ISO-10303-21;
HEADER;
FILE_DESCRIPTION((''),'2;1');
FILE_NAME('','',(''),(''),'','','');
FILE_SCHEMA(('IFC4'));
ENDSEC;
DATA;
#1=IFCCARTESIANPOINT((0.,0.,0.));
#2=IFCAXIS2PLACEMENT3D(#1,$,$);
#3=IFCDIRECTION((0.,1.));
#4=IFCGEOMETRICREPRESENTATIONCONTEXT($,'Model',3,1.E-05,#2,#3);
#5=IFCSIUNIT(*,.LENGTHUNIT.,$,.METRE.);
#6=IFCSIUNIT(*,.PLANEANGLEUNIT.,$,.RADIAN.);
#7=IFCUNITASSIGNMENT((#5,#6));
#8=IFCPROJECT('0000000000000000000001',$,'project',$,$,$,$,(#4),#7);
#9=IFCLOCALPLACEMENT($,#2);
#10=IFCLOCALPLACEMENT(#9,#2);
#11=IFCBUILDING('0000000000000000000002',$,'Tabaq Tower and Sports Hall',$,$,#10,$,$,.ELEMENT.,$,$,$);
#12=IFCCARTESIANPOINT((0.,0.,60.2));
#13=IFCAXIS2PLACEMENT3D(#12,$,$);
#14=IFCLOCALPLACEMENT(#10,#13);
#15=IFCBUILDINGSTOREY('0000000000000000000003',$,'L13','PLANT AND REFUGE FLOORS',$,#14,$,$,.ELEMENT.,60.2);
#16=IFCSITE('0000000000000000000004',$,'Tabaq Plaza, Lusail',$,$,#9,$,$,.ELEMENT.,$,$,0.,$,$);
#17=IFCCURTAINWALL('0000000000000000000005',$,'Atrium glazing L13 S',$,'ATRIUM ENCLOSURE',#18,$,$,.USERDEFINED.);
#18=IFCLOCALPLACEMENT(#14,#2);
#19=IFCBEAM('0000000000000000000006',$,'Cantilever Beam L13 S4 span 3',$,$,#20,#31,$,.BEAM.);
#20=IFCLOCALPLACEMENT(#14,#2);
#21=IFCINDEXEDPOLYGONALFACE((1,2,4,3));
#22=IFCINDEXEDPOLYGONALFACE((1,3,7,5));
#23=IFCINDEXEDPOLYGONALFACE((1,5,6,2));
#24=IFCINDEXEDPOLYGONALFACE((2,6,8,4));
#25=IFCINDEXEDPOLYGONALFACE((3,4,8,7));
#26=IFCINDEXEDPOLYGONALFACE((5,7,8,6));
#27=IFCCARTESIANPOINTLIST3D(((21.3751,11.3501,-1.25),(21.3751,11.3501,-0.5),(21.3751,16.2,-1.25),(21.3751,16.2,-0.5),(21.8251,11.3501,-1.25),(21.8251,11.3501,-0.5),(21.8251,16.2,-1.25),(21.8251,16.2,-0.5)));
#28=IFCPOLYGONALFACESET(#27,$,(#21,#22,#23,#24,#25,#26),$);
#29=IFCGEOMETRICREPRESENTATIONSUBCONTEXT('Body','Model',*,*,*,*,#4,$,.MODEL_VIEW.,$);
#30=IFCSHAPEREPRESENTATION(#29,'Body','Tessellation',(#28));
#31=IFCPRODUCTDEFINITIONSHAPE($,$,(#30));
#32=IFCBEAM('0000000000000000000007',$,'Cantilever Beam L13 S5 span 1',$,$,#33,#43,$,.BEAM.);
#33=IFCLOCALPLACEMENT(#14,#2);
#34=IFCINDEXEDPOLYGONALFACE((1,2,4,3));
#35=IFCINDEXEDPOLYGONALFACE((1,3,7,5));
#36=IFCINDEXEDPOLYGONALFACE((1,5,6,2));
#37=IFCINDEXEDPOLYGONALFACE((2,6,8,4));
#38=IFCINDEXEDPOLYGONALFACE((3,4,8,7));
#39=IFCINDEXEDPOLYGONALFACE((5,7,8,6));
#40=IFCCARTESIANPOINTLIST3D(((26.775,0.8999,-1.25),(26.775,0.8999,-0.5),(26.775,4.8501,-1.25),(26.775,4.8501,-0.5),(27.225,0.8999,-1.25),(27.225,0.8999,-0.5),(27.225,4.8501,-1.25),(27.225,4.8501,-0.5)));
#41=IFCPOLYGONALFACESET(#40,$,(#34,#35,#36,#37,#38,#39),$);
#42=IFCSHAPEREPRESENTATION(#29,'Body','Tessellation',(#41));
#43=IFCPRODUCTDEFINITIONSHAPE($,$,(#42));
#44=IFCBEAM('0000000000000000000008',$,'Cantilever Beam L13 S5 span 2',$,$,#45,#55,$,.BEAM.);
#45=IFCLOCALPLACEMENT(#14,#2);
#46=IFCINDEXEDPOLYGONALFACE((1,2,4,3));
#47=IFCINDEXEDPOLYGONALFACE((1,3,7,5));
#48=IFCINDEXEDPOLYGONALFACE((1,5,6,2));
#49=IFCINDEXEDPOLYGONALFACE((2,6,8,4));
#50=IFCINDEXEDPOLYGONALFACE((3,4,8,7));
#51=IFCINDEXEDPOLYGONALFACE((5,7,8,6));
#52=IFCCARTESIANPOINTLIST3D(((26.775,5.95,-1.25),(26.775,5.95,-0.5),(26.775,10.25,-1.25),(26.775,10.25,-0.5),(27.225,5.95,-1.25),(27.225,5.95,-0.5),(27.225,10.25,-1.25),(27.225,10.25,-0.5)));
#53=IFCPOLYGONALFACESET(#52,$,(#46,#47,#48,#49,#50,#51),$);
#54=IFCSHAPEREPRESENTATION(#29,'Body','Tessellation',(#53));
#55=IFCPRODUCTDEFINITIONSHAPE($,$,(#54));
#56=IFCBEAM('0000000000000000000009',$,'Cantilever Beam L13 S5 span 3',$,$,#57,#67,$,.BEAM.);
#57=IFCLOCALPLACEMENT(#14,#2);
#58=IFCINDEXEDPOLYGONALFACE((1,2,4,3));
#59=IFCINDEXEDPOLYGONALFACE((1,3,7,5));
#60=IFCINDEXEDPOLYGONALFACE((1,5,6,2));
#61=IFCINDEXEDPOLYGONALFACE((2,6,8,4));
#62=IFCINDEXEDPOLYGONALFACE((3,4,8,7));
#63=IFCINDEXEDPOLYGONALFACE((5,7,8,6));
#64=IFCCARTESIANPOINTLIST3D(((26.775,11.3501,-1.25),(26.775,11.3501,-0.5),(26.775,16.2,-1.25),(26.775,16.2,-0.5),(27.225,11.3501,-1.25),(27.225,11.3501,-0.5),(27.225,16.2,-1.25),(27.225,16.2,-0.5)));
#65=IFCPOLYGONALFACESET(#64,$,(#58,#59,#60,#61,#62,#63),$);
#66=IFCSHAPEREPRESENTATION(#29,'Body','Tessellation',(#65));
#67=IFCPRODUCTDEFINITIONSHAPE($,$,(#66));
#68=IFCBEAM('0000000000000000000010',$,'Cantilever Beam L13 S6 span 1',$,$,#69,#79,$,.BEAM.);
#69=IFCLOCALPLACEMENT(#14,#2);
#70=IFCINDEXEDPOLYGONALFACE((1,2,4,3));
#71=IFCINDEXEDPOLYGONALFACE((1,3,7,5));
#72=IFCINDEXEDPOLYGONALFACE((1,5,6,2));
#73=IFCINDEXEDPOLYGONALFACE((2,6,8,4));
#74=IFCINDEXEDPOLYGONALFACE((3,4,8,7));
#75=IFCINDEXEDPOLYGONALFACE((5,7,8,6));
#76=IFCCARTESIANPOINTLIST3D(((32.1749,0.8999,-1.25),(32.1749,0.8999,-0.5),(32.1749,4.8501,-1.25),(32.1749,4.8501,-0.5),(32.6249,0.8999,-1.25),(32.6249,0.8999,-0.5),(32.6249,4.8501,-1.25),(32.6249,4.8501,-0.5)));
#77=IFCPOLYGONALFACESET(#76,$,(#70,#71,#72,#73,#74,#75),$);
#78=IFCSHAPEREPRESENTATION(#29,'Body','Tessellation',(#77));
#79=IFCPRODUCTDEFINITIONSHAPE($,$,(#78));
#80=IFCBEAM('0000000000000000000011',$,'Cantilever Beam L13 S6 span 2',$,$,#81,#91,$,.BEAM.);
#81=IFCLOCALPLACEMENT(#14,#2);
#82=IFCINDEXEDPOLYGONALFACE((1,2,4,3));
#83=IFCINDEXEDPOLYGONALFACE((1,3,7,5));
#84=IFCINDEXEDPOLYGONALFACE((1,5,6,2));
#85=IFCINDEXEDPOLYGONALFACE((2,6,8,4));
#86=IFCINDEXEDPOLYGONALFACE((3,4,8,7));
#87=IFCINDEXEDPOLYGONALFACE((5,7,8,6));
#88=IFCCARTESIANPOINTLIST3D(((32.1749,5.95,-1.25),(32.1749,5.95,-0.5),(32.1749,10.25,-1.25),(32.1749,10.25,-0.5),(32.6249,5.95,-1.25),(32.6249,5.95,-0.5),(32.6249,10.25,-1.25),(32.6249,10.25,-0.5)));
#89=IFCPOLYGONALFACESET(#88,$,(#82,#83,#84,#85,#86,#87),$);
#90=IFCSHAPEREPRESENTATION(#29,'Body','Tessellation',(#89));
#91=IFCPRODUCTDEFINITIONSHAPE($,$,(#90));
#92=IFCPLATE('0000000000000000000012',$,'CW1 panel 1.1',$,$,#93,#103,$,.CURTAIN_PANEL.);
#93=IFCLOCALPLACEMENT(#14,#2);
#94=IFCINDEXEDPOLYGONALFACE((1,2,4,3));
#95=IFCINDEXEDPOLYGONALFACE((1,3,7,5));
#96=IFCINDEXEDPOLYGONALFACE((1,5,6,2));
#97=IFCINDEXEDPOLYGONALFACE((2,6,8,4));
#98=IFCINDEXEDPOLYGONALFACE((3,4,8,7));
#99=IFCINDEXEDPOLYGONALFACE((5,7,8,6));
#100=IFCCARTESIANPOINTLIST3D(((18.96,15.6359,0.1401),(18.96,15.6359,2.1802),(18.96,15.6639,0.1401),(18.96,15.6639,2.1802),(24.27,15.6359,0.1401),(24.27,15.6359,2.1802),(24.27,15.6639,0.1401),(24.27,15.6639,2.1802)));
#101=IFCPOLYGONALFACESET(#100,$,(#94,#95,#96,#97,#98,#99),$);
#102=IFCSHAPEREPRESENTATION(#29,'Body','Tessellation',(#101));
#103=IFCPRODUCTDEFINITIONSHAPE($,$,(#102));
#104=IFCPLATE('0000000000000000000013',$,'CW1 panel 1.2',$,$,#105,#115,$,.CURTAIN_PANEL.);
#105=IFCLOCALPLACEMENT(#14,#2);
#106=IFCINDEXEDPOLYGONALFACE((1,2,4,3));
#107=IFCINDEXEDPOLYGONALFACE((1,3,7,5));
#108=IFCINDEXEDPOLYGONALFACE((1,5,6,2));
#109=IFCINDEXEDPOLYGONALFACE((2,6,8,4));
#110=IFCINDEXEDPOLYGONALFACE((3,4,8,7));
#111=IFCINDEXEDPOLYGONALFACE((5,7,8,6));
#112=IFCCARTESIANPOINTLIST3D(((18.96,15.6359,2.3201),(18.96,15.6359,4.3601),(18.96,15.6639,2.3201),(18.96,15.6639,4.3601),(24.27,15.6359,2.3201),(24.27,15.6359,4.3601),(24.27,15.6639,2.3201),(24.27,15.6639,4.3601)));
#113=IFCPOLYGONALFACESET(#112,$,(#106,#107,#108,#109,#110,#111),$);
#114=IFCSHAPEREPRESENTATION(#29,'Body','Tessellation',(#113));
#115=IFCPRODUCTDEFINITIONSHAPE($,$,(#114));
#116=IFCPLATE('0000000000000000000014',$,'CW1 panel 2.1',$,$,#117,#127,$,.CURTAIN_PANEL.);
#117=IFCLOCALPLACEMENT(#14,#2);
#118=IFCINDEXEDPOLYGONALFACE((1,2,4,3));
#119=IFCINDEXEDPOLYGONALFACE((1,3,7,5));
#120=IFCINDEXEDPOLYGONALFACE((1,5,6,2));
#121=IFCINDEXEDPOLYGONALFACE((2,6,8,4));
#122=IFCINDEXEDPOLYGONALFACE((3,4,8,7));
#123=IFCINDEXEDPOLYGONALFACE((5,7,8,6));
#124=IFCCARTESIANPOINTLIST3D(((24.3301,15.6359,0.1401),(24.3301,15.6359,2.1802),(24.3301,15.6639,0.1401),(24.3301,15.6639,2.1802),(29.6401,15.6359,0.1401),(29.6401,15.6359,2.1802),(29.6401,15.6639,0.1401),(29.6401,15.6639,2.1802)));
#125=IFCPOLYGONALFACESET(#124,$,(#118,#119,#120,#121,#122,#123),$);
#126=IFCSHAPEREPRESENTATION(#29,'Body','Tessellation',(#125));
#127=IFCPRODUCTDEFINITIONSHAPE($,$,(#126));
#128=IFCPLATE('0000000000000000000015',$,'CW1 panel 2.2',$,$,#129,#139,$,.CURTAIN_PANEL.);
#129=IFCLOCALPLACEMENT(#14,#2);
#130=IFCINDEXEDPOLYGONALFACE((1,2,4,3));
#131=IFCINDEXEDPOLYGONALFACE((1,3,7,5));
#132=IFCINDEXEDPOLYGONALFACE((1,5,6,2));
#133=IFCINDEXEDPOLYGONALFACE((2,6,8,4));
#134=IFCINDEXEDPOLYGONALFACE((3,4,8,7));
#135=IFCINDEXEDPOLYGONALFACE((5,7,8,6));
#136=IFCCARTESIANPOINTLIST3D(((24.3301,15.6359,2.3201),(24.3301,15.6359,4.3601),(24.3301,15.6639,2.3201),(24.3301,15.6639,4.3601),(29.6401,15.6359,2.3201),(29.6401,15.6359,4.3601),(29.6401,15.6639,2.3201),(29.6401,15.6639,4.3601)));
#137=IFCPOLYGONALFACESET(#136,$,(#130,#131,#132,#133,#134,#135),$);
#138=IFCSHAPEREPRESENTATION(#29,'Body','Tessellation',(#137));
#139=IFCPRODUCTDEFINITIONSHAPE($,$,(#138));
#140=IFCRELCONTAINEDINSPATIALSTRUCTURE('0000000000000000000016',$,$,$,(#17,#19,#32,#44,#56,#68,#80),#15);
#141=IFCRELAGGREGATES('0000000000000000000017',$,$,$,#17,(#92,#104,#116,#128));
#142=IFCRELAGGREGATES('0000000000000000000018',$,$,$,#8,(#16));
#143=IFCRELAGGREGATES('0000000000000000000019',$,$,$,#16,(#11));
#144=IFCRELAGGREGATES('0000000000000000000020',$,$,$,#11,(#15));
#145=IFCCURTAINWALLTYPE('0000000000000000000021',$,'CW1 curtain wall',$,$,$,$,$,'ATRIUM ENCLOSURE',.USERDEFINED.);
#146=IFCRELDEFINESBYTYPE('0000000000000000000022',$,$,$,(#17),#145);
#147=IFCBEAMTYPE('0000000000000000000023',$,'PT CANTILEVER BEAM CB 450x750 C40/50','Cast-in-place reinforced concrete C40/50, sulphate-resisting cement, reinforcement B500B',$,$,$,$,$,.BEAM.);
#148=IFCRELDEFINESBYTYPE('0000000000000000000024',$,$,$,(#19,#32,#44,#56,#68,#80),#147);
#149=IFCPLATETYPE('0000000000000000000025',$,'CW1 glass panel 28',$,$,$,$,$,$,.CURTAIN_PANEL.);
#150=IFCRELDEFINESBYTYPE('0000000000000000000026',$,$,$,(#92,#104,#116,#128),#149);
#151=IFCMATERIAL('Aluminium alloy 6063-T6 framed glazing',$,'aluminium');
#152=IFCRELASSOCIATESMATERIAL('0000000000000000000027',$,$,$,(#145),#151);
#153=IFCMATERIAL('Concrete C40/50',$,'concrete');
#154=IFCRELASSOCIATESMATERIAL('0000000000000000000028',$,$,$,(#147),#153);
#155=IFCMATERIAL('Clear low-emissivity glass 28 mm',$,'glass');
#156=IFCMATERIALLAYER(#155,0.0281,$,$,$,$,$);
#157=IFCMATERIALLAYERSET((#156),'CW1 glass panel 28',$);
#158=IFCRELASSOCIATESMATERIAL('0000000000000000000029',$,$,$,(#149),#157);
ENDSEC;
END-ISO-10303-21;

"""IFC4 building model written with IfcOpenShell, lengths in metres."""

from ifc_helpers import new_model, si_unit, direction, frame, origin, origin_2d, place, context, subcontext, project, spatial, rectangle, extrude, material, layer, layer_set, material_profile, profile_set, type_object, element, aggregate, save


model = new_model("IFC4")

# Units and contexts
model_context = context("Model", 3, precision=1e-05, world=origin(), true_north=direction((0.0, 1.0)))
body_context = subcontext(model_context, "Body", "Model", "MODEL_VIEW")
ifc_project = project(units=[si_unit("LENGTHUNIT", "METRE"), si_unit("PLANEANGLEUNIT", "RADIAN")], contexts=[model_context])

# Site, building, storey
site_placement = place(None, origin())
site = spatial("IfcSite", under=ifc_project, at=site_placement, Name="Tabaq Plaza, Lusail", CompositionType="ELEMENT", RefElevation=0.0)
building_placement = place(site_placement, origin())
building = spatial("IfcBuilding", under=site, at=building_placement, Name="Tabaq Tower and Sports Hall", CompositionType="ELEMENT")
storey_placement = place(building_placement, frame((0.0, 0.0, 60.2)))
storey = spatial("IfcBuildingStorey", under=building, at=storey_placement, Name="L13", Description="PLANT AND REFUGE FLOORS", CompositionType="ELEMENT", Elevation=60.2)

# Curtain wall
ifc_material_1 = material(Name="Aluminium alloy 6063-T6 framed glazing", Category="aluminium")
curtain_wall_type = type_object("IfcCurtainWallType", Name="CW1 curtain wall", ElementType="ATRIUM ENCLOSURE", PredefinedType="USERDEFINED", material=ifc_material_1)
curtain_wall_placement = place(storey_placement, origin())
curtain_wall = element("IfcCurtainWall", 1, at=curtain_wall_placement, inside=storey, type_object=curtain_wall_type, Name="Atrium glazing L13 S", ObjectType="ATRIUM ENCLOSURE", PredefinedType="USERDEFINED")

# Beams
ifc_material_2 = material(Name="Concrete C40/50", Category="concrete")
ifc_material_profile_1 = material_profile(ifc_material_2, rectangle(XDim=0.45, YDim=0.75, at=origin_2d()), Name="CB 450x750")
ifc_profile_set_1 = profile_set([ifc_material_profile_1], Name="Concrete C40/50")
beam_type = type_object("IfcBeamType", Name="PT CANTILEVER BEAM CB 450x750 C40/50", Description="Cast-in-place reinforced concrete C40/50, sulphate-resisting cement, reinforcement B500B", PredefinedType="BEAM", material=ifc_profile_set_1)
beam_1_placement = place(storey_placement, frame((21.6001, 11.3501, -0.875), z_axis=(0.0, 1.0, 0.0), x_axis=(-1.0, 0.0, 0.0)))
element("IfcBeam", 2, at=beam_1_placement, inside=storey, type_object=beam_type, Name="Cantilever Beam L13 S4 span 3", PredefinedType="BEAM", context=body_context, shape_type="SweptSolid", body=[
    extrude(rectangle(XDim=0.45, YDim=0.75, at=origin_2d()), origin(), (0.0, 0.0, 1.0), 4.8499),
])
beam_2_placement = place(storey_placement, frame((27.0, 0.8999, -0.875), z_axis=(0.0, 1.0, 0.0), x_axis=(-1.0, 0.0, 0.0)))
element("IfcBeam", 3, at=beam_2_placement, inside=storey, type_object=beam_type, Name="Cantilever Beam L13 S5 span 1", PredefinedType="BEAM", context=body_context, shape_type="SweptSolid", body=[
    extrude(rectangle(XDim=0.45, YDim=0.75, at=origin_2d()), origin(), (0.0, 0.0, 1.0), 3.9502),
])
beam_3_placement = place(storey_placement, frame((27.0, 5.95, -0.875), z_axis=(0.0, 1.0, 0.0), x_axis=(-1.0, 0.0, 0.0)))
element("IfcBeam", 4, at=beam_3_placement, inside=storey, type_object=beam_type, Name="Cantilever Beam L13 S5 span 2", PredefinedType="BEAM", context=body_context, shape_type="SweptSolid", body=[
    extrude(rectangle(XDim=0.45, YDim=0.75, at=origin_2d()), origin(), (0.0, 0.0, 1.0), 4.3),
])
beam_4_placement = place(storey_placement, frame((27.0, 11.3501, -0.875), z_axis=(0.0, 1.0, 0.0), x_axis=(-1.0, 0.0, 0.0)))
element("IfcBeam", 5, at=beam_4_placement, inside=storey, type_object=beam_type, Name="Cantilever Beam L13 S5 span 3", PredefinedType="BEAM", context=body_context, shape_type="SweptSolid", body=[
    extrude(rectangle(XDim=0.45, YDim=0.75, at=origin_2d()), origin(), (0.0, 0.0, 1.0), 4.8499),
])
beam_5_placement = place(storey_placement, frame((32.3999, 0.8999, -0.875), z_axis=(0.0, 1.0, 0.0), x_axis=(-1.0, 0.0, 0.0)))
element("IfcBeam", 6, at=beam_5_placement, inside=storey, type_object=beam_type, Name="Cantilever Beam L13 S6 span 1", PredefinedType="BEAM", context=body_context, shape_type="SweptSolid", body=[
    extrude(rectangle(XDim=0.45, YDim=0.75, at=origin_2d()), origin(), (0.0, 0.0, 1.0), 3.9502),
])
beam_6_placement = place(storey_placement, frame((32.3999, 5.95, -0.875), z_axis=(0.0, 1.0, 0.0), x_axis=(-1.0, 0.0, 0.0)))
element("IfcBeam", 7, at=beam_6_placement, inside=storey, type_object=beam_type, Name="Cantilever Beam L13 S6 span 2", PredefinedType="BEAM", context=body_context, shape_type="SweptSolid", body=[
    extrude(rectangle(XDim=0.45, YDim=0.75, at=origin_2d()), origin(), (0.0, 0.0, 1.0), 4.3),
])

# Plates
ifc_material_3 = material(Name="Clear low-emissivity glass 28 mm", Category="glass")
ifc_layer_1 = layer(ifc_material_3, 0.0281)
ifc_layer_set_1 = layer_set([ifc_layer_1], Name="CW1 glass panel 28")
plate_type_1 = type_object("IfcPlateType", Name="CW1 glass panel 28", PredefinedType="CURTAIN_PANEL", material=ifc_layer_set_1)
plate_1_placement = place(storey_placement, frame((21.615, 15.6499, 0.1401), z_axis=(0.0, 0.0, 1.0), x_axis=(1.0, 0.0, 0.0)))
plate_1 = element("IfcPlate", 8, at=plate_1_placement, type_object=plate_type_1, Name="CW1 panel 1.1", PredefinedType="CURTAIN_PANEL", context=body_context, shape_type="SweptSolid", body=[
    extrude(rectangle(XDim=5.3101, YDim=0.0281, at=origin_2d()), origin(), (0.0, 0.0, 1.0), 2.04),
])
plate_2_placement = place(storey_placement, frame((21.615, 15.6499, 2.3201), z_axis=(0.0, 0.0, 1.0), x_axis=(1.0, 0.0, 0.0)))
plate_2 = element("IfcPlate", 9, at=plate_2_placement, type_object=plate_type_1, Name="CW1 panel 1.2", PredefinedType="CURTAIN_PANEL", context=body_context, shape_type="SweptSolid", body=[
    extrude(rectangle(XDim=5.3101, YDim=0.0281, at=origin_2d()), origin(), (0.0, 0.0, 1.0), 2.04),
])
plate_3_placement = place(storey_placement, frame((26.9851, 15.6499, 0.1401), z_axis=(0.0, 0.0, 1.0), x_axis=(1.0, 0.0, 0.0)))
plate_3 = element("IfcPlate", 10, at=plate_3_placement, type_object=plate_type_1, Name="CW1 panel 2.1", PredefinedType="CURTAIN_PANEL", context=body_context, shape_type="SweptSolid", body=[
    extrude(rectangle(XDim=5.3101, YDim=0.0281, at=origin_2d()), origin(), (0.0, 0.0, 1.0), 2.04),
])
plate_4_placement = place(storey_placement, frame((26.9851, 15.6499, 2.3201), z_axis=(0.0, 0.0, 1.0), x_axis=(1.0, 0.0, 0.0)))
plate_4 = element("IfcPlate", 11, at=plate_4_placement, type_object=plate_type_1, Name="CW1 panel 2.2", PredefinedType="CURTAIN_PANEL", context=body_context, shape_type="SweptSolid", body=[
    extrude(rectangle(XDim=5.3101, YDim=0.0281, at=origin_2d()), origin(), (0.0, 0.0, 1.0), 2.04),
])
aggregate(curtain_wall, [plate_1, plate_2, plate_3, plate_4])

save(model, "model.ifc")
